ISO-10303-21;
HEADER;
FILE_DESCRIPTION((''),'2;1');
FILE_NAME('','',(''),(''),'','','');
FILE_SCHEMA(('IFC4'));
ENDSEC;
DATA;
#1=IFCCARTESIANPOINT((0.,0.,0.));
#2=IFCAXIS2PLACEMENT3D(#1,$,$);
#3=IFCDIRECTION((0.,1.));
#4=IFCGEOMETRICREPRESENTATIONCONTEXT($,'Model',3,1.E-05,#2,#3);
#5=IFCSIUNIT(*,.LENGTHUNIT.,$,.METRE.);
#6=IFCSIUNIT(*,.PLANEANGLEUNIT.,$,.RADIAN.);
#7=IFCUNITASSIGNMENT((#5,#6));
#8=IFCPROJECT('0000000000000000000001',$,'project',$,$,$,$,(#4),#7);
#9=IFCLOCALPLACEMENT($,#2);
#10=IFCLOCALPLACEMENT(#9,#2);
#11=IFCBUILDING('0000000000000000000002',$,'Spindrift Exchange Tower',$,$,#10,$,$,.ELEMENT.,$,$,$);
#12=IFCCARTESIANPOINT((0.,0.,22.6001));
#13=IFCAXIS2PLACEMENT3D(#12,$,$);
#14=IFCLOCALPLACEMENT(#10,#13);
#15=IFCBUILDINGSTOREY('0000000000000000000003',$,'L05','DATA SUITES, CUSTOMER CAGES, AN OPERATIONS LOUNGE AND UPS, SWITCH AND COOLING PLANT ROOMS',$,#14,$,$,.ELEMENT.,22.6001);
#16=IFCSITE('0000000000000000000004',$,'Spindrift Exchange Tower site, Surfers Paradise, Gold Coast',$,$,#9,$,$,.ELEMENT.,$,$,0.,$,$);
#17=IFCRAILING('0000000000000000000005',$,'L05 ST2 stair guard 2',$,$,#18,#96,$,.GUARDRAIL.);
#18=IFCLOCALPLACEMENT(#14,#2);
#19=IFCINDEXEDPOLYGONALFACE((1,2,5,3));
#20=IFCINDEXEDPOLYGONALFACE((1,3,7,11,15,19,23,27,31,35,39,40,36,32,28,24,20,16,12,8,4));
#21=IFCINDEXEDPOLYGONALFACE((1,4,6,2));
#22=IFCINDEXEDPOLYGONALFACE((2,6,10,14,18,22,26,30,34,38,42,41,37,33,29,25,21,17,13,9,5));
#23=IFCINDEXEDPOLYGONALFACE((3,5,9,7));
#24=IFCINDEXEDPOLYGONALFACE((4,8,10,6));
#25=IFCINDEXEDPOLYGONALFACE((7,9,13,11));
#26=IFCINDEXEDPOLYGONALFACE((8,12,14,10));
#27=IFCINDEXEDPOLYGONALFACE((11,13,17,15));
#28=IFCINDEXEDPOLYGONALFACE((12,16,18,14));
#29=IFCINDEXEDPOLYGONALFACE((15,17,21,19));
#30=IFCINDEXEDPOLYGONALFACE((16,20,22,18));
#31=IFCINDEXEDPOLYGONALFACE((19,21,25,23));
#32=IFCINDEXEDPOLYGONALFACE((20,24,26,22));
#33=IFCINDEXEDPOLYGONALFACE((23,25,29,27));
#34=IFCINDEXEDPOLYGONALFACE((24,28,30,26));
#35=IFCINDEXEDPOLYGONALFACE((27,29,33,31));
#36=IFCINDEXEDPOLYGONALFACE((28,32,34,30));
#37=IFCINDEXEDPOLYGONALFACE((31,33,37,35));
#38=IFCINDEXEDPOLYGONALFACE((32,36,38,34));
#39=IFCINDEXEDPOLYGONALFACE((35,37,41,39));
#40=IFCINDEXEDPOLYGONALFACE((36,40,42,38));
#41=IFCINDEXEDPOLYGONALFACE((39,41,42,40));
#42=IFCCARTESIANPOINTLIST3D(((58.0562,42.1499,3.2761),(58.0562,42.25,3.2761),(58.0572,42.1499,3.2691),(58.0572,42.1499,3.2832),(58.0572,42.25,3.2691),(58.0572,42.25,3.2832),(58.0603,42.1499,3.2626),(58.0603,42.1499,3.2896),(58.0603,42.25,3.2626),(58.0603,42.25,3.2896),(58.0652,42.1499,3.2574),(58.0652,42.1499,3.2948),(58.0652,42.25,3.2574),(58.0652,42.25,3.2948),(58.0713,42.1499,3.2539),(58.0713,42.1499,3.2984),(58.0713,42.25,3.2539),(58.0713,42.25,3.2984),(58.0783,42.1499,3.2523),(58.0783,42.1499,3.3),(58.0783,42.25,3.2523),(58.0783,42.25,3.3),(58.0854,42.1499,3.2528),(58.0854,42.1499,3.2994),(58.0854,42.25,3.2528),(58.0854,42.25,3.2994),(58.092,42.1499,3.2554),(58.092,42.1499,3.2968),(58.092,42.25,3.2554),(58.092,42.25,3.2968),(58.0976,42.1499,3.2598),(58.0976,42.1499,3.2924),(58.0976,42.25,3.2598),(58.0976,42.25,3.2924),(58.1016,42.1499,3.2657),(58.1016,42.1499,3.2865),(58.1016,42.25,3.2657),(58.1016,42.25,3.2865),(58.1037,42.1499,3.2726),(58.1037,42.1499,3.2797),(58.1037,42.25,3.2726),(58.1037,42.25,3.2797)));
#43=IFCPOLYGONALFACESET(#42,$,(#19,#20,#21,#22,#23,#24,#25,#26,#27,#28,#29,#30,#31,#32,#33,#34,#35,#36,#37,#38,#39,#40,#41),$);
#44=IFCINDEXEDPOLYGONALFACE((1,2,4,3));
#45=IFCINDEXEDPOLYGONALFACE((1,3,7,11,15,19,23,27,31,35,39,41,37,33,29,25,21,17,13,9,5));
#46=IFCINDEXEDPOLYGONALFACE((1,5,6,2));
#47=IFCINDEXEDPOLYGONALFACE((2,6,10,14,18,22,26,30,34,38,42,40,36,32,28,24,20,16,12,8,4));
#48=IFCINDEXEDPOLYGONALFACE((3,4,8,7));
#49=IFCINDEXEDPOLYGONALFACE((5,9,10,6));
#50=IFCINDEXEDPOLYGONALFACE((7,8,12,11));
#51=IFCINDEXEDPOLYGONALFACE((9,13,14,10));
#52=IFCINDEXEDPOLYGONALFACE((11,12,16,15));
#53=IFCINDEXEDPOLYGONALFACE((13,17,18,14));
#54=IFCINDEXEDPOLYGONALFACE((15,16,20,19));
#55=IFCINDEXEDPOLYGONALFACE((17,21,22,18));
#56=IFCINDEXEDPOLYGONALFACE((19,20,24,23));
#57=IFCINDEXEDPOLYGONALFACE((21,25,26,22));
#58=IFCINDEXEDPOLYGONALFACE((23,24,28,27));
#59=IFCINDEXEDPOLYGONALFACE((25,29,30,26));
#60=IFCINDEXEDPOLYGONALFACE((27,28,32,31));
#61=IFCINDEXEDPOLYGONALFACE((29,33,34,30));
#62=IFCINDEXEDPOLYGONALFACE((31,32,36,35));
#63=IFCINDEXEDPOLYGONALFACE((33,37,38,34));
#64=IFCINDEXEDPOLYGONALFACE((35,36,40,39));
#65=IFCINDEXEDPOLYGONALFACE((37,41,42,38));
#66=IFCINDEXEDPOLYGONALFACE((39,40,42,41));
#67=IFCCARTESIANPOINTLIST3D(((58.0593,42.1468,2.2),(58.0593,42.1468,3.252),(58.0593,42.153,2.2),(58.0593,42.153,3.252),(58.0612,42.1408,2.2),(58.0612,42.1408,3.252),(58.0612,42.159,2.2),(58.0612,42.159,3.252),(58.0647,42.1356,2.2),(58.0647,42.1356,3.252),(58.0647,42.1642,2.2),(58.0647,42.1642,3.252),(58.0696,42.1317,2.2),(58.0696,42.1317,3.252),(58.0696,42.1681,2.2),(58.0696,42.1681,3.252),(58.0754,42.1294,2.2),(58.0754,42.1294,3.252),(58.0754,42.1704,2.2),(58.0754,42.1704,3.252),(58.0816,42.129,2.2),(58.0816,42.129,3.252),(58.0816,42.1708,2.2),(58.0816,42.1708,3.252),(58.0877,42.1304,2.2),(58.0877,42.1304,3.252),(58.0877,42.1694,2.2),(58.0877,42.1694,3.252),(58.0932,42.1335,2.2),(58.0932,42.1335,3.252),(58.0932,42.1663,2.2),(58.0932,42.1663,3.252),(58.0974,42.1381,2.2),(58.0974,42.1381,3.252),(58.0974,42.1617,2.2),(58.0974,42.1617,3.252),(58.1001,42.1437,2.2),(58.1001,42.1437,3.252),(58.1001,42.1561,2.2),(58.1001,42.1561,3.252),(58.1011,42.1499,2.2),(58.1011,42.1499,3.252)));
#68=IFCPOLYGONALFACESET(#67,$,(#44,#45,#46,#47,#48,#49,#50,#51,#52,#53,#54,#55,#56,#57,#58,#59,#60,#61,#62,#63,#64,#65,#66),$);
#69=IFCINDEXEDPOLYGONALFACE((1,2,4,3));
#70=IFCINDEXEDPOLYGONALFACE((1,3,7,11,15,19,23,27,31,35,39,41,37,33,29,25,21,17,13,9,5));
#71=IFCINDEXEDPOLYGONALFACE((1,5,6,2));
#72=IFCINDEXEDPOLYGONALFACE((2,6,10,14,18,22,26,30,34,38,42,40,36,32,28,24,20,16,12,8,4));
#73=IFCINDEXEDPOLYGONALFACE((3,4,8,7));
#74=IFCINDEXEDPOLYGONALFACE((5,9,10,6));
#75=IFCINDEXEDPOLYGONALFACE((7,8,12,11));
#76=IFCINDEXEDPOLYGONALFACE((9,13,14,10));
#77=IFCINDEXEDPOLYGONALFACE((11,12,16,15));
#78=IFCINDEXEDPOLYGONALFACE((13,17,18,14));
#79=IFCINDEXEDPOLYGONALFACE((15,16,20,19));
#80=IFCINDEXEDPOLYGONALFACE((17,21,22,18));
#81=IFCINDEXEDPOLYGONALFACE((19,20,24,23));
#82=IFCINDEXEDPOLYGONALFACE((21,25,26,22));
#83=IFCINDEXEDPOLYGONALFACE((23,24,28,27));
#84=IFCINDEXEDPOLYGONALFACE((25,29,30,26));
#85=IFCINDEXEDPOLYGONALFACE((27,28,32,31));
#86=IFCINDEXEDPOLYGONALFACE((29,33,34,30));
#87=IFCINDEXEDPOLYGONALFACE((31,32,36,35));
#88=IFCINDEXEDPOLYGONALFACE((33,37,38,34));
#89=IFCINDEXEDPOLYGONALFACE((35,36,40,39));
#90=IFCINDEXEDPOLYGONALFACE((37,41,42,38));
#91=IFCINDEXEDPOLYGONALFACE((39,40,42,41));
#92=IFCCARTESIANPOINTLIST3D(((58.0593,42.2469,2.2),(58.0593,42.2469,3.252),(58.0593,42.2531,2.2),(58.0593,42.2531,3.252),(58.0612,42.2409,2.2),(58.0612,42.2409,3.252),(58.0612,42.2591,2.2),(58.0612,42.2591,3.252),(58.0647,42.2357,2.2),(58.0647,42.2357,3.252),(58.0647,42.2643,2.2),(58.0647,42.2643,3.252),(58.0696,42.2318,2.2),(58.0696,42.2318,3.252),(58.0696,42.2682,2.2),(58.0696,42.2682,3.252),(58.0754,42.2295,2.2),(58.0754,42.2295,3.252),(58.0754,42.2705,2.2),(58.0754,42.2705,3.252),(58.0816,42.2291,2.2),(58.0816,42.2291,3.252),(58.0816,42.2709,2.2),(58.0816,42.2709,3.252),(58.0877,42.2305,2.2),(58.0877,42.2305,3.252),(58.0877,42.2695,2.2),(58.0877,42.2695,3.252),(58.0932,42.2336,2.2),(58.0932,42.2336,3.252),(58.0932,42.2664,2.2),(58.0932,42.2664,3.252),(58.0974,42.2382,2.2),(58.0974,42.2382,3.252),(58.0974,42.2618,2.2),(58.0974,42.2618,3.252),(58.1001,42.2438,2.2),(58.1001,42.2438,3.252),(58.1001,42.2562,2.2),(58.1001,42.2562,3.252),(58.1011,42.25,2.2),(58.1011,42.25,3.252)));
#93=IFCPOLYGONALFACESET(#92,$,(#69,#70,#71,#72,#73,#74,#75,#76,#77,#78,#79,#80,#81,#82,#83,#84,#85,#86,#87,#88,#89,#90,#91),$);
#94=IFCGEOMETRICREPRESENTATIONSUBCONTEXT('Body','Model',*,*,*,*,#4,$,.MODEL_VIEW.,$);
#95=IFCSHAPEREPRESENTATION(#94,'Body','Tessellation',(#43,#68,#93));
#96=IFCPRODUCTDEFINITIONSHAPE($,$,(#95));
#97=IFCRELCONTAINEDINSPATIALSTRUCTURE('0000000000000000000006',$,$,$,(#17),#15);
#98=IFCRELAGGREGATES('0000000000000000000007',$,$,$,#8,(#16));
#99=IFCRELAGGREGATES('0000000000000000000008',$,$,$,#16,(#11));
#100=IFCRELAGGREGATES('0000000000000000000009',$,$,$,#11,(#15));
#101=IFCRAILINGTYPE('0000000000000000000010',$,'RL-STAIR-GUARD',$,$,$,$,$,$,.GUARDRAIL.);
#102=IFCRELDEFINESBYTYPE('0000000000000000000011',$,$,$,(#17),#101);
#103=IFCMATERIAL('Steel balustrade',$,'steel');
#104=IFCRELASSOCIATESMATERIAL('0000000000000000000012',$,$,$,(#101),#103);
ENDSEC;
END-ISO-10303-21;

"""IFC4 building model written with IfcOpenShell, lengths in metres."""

from ifc_helpers import new_model, si_unit, direction, frame, origin, origin_2d, place, context, subcontext, project, spatial, circle, extrude, material, type_object, element, save


model = new_model("IFC4")

# Units and contexts
model_context = context("Model", 3, precision=1e-05, world=origin(), true_north=direction((0.0, 1.0)))
body_context = subcontext(model_context, "Body", "Model", "MODEL_VIEW")
ifc_project = project(units=[si_unit("LENGTHUNIT", "METRE"), si_unit("PLANEANGLEUNIT", "RADIAN")], contexts=[model_context])

# Site, building, storey
site_placement = place(None, origin())
site = spatial("IfcSite", under=ifc_project, at=site_placement, Name="Spindrift Exchange Tower site, Surfers Paradise, Gold Coast", CompositionType="ELEMENT", RefElevation=0.0)
building_placement = place(site_placement, origin())
building = spatial("IfcBuilding", under=site, at=building_placement, Name="Spindrift Exchange Tower", CompositionType="ELEMENT")
storey_placement = place(building_placement, frame((0.0, 0.0, 22.6001)))
storey = spatial("IfcBuildingStorey", under=building, at=storey_placement, Name="L05", Description="DATA SUITES, CUSTOMER CAGES, AN OPERATIONS LOUNGE AND UPS, SWITCH AND COOLING PLANT ROOMS", CompositionType="ELEMENT", Elevation=22.6001)

# Railing
ifc_material_1 = material(Name="Steel balustrade", Category="steel")
railing_type_1 = type_object("IfcRailingType", Name="RL-STAIR-GUARD", PredefinedType="GUARDRAIL", material=ifc_material_1)
railing_1_placement = place(storey_placement, frame((58.0801, 42.1499, 2.2)))
element("IfcRailing", 1, at=railing_1_placement, inside=storey, type_object=railing_type_1, Name="L05 ST2 stair guard 2", PredefinedType="GUARDRAIL", context=body_context, shape_type="SweptSolid", body=[
    extrude(circle(Radius=0.0239, at=origin_2d()), frame((0.0, 0.0, 1.0762), z_axis=(0.0, 1.0, 0.0), x_axis=(-1.0, 0.0, 0.0)), (0.0, 0.0, 1.0), 0.1001),
    extrude(circle(Radius=0.021, at=origin_2d()), origin(), (0.0, 0.0, 1.0), 1.052),
    extrude(circle(Radius=0.021, at=origin_2d()), frame((0.0, 0.1001, 0.0)), (0.0, 0.0, 1.0), 1.052),
])

save(model, "model.ifc")
